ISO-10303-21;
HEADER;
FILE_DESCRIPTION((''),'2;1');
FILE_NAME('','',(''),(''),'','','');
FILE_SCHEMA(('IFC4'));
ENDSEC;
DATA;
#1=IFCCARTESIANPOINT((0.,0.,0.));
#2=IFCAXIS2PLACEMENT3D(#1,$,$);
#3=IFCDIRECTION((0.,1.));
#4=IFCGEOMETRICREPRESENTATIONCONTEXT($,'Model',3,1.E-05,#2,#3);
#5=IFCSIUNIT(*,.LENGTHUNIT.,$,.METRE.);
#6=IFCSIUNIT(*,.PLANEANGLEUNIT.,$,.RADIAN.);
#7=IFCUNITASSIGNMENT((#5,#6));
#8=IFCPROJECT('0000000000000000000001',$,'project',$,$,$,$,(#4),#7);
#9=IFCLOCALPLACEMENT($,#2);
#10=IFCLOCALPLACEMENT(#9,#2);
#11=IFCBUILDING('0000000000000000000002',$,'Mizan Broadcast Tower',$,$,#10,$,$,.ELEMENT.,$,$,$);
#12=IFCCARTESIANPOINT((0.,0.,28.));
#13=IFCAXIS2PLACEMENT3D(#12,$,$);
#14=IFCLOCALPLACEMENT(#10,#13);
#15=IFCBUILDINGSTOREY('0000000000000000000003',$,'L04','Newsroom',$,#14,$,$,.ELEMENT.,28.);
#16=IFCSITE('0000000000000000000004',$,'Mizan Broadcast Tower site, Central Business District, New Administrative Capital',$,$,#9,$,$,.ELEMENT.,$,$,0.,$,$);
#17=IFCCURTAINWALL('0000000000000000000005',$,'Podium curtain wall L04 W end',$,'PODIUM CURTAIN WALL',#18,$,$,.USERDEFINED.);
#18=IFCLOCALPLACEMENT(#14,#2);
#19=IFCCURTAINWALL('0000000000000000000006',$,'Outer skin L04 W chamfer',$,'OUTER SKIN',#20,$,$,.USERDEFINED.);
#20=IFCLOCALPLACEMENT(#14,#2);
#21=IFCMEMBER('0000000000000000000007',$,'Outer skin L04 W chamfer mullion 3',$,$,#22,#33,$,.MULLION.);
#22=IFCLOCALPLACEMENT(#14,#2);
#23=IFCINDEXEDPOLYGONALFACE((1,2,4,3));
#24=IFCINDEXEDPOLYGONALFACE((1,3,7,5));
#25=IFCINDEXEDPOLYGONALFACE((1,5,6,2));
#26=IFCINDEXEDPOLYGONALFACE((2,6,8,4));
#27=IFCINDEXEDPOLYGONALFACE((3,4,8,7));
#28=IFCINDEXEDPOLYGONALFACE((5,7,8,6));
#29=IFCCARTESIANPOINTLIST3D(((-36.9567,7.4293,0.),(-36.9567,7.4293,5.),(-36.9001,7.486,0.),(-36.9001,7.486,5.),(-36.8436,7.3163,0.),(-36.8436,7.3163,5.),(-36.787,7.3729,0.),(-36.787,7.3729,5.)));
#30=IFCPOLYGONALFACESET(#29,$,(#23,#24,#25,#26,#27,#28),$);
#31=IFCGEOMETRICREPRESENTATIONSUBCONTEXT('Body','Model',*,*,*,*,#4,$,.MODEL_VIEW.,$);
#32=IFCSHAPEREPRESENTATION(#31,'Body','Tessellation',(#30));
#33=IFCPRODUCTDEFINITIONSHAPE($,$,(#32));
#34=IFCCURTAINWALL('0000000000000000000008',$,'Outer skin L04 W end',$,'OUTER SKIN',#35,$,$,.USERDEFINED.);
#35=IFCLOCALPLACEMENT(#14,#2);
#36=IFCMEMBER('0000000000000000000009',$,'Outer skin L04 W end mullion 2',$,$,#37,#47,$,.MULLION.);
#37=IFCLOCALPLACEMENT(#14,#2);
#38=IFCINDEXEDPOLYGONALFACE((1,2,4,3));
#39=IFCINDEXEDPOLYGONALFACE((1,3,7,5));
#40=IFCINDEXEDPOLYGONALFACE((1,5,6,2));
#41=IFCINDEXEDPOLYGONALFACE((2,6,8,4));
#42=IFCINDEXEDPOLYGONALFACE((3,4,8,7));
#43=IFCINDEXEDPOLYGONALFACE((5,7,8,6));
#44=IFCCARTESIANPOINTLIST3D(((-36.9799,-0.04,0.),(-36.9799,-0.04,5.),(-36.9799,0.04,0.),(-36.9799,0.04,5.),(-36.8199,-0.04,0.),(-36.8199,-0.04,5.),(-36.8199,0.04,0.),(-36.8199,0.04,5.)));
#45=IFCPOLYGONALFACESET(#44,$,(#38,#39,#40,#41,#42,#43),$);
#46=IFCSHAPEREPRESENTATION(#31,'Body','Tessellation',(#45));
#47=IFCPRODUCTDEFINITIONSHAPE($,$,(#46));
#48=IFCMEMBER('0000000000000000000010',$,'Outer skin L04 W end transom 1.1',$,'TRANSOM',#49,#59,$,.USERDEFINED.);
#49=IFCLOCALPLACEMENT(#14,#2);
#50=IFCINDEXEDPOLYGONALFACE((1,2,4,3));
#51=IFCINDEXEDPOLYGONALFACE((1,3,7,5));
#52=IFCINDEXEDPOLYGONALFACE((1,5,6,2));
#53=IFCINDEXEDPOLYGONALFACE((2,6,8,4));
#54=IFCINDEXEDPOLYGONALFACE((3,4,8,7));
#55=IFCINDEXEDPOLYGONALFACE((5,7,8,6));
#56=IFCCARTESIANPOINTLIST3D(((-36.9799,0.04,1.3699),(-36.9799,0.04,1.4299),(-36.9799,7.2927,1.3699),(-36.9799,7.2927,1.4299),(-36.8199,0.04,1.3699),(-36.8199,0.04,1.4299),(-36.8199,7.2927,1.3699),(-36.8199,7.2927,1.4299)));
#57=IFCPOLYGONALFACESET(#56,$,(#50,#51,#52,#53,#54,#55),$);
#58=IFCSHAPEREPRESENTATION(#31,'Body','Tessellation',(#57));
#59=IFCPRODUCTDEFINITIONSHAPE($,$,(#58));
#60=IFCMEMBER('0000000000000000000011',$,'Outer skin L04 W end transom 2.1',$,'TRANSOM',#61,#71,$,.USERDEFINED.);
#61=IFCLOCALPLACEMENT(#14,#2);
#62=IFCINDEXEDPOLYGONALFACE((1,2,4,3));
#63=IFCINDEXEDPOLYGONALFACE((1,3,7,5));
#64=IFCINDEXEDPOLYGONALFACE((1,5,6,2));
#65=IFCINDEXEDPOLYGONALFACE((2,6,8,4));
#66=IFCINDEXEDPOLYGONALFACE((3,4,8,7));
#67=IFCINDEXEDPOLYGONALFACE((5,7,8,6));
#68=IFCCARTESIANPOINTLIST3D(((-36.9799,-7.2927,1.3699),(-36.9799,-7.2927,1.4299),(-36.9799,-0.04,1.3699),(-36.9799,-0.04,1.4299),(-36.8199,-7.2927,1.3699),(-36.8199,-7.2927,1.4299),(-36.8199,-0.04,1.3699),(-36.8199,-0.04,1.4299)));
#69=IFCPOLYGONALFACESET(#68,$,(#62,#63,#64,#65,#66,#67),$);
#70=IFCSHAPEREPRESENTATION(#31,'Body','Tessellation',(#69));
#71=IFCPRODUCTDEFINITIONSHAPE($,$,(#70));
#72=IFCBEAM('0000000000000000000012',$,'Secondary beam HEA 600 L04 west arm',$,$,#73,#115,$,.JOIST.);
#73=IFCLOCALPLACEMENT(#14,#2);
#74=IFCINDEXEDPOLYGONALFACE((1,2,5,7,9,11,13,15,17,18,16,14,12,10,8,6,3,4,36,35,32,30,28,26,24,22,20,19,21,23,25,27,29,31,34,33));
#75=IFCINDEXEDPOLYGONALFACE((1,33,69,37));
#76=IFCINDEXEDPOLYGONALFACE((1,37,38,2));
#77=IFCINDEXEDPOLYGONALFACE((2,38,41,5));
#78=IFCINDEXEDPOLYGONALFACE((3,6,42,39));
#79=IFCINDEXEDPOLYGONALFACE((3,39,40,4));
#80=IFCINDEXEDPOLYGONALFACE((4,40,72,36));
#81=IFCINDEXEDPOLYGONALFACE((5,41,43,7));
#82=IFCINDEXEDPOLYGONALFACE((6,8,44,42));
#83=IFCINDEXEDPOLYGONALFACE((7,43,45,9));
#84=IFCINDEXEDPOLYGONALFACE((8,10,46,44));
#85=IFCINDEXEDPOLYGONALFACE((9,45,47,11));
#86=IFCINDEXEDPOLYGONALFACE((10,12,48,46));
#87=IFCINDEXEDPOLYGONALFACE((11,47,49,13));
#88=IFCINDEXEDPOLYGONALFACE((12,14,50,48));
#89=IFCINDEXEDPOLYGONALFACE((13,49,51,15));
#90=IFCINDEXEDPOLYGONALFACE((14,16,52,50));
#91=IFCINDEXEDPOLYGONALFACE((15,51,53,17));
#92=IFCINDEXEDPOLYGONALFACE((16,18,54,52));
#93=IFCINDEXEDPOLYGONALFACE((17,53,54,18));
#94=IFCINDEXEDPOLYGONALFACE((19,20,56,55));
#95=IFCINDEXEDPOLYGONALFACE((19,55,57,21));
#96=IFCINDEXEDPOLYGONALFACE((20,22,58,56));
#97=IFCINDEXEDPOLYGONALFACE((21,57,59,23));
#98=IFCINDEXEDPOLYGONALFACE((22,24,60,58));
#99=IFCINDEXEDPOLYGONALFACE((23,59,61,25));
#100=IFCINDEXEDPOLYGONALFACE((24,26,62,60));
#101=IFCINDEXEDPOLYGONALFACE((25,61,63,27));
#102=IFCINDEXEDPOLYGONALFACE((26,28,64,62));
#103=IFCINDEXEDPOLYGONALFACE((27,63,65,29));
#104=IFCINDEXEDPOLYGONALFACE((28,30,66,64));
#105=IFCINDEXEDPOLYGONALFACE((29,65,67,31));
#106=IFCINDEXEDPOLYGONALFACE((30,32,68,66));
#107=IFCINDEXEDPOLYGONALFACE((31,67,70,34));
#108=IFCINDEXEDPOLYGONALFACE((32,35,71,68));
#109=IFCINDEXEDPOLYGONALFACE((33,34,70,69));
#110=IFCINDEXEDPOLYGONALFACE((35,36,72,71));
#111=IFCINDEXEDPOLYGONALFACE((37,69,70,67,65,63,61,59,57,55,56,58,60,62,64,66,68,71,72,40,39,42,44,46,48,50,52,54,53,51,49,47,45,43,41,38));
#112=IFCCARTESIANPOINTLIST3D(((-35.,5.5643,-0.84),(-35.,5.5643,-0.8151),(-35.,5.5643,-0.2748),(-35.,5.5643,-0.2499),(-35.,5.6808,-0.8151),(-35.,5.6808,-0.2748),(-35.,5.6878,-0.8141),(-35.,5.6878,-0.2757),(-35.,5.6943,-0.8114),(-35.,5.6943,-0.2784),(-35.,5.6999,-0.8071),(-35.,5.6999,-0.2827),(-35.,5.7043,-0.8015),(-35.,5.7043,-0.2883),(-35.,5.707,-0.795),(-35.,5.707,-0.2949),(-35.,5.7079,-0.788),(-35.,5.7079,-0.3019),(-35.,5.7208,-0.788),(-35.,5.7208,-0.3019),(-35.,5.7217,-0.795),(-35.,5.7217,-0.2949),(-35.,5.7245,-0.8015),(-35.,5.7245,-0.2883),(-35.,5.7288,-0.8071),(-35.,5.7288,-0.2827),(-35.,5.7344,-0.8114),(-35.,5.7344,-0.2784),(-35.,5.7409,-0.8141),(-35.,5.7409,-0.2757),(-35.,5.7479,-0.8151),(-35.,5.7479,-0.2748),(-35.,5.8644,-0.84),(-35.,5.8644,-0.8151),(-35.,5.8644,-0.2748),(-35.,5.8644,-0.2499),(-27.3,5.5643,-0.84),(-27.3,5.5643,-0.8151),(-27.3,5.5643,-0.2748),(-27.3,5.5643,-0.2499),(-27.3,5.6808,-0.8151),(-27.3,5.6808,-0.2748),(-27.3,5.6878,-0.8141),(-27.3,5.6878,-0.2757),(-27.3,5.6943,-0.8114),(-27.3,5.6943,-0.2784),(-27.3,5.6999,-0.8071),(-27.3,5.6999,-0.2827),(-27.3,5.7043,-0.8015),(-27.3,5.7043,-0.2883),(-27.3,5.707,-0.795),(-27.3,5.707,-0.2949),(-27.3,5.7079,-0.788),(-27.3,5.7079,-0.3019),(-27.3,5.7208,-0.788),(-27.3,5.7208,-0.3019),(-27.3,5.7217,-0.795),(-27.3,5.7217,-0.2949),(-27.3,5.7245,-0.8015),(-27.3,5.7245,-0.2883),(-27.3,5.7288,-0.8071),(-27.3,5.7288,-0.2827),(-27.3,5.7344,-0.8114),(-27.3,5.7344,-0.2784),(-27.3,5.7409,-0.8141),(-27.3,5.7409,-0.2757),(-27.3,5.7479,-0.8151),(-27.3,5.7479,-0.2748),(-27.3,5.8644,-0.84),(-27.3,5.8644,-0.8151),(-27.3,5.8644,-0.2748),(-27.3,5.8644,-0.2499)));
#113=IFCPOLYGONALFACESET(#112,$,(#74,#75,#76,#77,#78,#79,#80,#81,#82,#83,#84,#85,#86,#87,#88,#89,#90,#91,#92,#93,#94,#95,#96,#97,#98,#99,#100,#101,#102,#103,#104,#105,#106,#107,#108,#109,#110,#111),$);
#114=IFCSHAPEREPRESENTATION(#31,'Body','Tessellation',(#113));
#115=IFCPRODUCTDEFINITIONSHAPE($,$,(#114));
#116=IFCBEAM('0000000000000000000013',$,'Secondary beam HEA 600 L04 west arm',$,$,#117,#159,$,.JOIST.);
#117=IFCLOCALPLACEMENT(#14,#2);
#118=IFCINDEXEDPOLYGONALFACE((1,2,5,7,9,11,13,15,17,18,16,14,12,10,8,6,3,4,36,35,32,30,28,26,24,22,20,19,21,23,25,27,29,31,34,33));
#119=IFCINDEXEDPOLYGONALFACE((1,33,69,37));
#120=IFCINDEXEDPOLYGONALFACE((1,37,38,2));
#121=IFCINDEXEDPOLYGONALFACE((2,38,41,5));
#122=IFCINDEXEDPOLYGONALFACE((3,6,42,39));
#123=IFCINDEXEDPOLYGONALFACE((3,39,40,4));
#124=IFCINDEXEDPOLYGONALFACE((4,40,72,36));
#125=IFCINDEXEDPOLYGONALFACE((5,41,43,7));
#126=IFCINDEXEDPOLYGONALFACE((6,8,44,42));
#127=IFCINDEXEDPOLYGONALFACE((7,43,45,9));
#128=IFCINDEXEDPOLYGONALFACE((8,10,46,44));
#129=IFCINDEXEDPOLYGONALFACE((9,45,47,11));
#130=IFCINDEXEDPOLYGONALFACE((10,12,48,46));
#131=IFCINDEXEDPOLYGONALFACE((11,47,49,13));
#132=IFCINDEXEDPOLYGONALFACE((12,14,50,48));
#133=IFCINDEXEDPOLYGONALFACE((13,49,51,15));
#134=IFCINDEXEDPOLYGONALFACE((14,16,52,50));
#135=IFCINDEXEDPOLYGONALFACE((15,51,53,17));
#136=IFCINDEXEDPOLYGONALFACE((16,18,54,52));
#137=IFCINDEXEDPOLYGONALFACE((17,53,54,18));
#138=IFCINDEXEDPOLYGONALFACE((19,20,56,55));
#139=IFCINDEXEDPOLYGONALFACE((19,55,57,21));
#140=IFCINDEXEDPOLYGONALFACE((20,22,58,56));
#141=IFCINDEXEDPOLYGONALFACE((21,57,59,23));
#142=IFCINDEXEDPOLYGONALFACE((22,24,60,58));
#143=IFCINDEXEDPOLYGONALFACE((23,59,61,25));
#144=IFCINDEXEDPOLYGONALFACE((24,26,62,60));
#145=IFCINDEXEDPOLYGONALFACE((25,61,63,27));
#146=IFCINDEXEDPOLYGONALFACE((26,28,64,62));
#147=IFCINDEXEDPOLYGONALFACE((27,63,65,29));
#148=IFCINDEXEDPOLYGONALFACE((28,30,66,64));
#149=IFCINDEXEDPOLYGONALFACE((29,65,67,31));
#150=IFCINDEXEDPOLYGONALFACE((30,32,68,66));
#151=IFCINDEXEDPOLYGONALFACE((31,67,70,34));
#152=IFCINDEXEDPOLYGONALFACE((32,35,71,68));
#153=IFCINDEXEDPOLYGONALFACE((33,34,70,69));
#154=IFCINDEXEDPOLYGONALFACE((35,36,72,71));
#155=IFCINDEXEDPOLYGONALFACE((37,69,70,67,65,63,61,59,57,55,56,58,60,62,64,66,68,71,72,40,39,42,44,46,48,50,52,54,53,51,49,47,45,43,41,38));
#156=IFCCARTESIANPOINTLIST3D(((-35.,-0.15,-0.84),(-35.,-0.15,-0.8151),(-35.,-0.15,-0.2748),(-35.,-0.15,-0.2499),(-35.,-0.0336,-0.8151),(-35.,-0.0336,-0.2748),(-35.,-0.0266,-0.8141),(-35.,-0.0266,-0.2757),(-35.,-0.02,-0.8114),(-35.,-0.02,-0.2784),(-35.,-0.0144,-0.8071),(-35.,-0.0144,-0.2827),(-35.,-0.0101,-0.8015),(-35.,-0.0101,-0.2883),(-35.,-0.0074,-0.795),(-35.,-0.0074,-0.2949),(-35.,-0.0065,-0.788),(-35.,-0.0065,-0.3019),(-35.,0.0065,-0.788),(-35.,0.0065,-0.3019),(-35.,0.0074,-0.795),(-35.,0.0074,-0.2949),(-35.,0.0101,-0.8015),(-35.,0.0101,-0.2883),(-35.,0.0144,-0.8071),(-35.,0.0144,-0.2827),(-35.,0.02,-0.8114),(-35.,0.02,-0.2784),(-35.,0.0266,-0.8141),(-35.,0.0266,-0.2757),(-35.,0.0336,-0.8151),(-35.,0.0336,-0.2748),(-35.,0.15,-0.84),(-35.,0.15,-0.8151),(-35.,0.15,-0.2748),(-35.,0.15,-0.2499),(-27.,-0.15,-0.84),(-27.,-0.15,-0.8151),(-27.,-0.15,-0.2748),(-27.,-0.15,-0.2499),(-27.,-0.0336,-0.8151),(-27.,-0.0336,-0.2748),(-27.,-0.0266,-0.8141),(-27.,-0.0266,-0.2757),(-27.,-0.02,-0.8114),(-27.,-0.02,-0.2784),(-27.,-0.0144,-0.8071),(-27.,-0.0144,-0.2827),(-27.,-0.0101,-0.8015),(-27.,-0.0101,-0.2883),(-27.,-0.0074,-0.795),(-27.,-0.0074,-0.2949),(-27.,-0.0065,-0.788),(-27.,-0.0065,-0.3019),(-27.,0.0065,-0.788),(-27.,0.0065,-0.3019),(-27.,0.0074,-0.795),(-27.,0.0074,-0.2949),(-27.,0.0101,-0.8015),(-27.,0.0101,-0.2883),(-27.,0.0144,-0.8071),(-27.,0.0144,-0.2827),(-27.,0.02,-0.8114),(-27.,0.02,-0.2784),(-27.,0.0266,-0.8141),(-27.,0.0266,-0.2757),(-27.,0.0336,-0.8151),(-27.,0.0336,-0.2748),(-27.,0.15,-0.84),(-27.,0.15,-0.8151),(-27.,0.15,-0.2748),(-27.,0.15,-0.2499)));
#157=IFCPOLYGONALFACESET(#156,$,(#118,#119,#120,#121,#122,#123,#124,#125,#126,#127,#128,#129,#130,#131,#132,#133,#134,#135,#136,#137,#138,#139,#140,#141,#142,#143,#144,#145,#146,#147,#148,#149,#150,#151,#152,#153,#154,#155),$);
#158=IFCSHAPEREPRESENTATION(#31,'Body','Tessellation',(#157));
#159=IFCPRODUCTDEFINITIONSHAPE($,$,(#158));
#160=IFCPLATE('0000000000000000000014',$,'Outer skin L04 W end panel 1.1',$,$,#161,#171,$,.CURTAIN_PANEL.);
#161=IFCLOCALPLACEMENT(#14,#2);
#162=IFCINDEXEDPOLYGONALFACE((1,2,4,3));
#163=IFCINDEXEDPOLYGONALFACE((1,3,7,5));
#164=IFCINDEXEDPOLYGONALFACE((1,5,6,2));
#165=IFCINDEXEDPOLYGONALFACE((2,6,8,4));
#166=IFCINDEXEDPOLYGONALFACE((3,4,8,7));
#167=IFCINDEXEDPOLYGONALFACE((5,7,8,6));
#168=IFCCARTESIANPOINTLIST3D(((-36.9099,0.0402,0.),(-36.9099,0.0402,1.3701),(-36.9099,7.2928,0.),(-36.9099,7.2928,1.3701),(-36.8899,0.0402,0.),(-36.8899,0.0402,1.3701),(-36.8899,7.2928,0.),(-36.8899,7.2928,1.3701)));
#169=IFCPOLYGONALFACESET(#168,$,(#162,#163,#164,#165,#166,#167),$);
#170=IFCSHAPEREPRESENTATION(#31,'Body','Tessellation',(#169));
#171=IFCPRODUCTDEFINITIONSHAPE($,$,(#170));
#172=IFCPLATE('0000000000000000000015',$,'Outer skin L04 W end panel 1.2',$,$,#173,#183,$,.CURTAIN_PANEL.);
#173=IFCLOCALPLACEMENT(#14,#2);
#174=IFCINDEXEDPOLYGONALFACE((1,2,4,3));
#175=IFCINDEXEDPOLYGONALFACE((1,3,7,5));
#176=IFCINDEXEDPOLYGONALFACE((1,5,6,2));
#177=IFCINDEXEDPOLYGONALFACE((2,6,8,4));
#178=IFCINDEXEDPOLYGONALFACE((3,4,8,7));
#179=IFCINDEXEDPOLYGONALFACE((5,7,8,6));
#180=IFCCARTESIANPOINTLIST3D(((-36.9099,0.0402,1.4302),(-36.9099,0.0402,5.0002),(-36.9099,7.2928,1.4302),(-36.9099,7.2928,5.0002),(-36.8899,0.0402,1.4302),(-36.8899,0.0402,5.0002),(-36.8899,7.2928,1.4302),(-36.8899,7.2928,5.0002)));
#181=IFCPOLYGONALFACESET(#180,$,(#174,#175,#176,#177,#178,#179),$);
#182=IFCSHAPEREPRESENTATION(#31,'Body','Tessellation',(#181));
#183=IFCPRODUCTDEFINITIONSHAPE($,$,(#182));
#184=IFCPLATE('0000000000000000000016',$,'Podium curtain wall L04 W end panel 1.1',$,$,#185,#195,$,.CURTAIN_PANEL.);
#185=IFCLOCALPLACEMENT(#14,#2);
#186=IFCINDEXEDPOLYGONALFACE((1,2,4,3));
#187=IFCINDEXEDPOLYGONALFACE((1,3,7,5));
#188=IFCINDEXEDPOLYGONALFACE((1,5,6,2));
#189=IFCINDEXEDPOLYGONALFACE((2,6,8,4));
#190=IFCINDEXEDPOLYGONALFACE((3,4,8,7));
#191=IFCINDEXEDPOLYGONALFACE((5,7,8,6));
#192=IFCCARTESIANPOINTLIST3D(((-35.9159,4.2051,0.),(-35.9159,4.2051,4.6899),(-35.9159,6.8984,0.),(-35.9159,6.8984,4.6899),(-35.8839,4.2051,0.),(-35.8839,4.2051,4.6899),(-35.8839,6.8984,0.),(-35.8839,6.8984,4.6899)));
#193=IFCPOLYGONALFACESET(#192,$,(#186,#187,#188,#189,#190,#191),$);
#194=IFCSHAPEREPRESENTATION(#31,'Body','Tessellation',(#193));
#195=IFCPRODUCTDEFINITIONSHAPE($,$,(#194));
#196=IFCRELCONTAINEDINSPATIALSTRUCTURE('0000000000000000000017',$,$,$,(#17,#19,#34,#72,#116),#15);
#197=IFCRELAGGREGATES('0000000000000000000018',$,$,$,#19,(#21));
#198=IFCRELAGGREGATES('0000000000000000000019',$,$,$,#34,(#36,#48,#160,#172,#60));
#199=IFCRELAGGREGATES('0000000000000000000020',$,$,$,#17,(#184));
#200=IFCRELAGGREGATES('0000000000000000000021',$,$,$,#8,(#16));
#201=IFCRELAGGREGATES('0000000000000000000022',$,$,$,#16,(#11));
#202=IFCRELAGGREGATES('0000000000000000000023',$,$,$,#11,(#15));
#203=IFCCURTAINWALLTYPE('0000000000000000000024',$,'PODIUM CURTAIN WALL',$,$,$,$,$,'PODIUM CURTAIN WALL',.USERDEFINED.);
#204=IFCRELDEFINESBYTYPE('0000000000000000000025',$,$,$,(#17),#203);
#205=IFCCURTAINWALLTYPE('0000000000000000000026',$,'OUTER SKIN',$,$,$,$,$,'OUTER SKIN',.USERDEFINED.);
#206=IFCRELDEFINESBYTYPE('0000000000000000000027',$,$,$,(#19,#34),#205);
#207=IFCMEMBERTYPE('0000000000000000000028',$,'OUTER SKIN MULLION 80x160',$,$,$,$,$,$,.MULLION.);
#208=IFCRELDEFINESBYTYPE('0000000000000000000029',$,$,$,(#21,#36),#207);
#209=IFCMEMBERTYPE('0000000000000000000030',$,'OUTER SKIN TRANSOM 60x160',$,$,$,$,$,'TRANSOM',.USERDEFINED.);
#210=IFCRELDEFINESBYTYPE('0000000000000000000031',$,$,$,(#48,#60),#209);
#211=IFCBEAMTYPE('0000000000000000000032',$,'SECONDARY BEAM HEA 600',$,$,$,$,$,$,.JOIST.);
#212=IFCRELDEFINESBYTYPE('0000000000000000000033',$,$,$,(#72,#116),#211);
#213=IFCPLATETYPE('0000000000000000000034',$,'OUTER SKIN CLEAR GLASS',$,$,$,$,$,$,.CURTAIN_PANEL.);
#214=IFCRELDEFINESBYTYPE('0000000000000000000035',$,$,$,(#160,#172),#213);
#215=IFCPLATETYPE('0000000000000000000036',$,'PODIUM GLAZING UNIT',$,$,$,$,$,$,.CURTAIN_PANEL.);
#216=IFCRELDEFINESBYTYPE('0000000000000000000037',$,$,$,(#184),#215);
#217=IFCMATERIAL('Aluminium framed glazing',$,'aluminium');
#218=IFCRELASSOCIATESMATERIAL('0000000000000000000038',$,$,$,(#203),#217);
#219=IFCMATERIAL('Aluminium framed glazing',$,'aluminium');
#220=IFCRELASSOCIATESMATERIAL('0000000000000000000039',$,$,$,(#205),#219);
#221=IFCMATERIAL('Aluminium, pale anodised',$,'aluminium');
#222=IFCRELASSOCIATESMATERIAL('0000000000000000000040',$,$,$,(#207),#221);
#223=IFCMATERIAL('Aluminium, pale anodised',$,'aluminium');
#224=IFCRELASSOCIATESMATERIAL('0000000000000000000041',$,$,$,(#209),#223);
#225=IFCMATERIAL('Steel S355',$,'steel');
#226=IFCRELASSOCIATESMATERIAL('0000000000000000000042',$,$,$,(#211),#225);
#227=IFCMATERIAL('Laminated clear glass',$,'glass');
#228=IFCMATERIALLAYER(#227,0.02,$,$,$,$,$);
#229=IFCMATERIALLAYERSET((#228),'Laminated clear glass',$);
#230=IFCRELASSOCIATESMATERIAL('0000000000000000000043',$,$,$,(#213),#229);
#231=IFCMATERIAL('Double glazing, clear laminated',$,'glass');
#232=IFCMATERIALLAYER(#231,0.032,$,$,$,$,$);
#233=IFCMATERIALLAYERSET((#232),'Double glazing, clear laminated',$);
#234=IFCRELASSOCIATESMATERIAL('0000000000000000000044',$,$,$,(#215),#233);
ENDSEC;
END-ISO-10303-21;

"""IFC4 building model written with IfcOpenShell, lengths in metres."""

from ifc_helpers import new_model, si_unit, direction, frame, origin, origin_2d, place, context, subcontext, project, spatial, rectangle, i_section, extrude, material, layer, layer_set, material_profile, profile_set, type_object, element, aggregate, save


model = new_model("IFC4")

# Units and contexts
model_context = context("Model", 3, precision=1e-05, world=origin(), true_north=direction((0.0, 1.0)))
body_context = subcontext(model_context, "Body", "Model", "MODEL_VIEW")
ifc_project = project(units=[si_unit("LENGTHUNIT", "METRE"), si_unit("PLANEANGLEUNIT", "RADIAN")], contexts=[model_context])

# Site, building, storey
site_placement = place(None, origin())
site = spatial("IfcSite", under=ifc_project, at=site_placement, Name="Mizan Broadcast Tower site, Central Business District, New Administrative Capital", CompositionType="ELEMENT", RefElevation=0.0)
building_placement = place(site_placement, origin())
building = spatial("IfcBuilding", under=site, at=building_placement, Name="Mizan Broadcast Tower", CompositionType="ELEMENT")
storey_placement = place(building_placement, frame((0.0, 0.0, 28.0)))
storey = spatial("IfcBuildingStorey", under=building, at=storey_placement, Name="L04", Description="Newsroom", CompositionType="ELEMENT", Elevation=28.0)

# Shared definitions
ifc_material_1 = material(Name="Aluminium framed glazing", Category="aluminium")
curtain_wall_type_1 = type_object("IfcCurtainWallType", Name="PODIUM CURTAIN WALL", ElementType="PODIUM CURTAIN WALL", PredefinedType="USERDEFINED", material=ifc_material_1)

# Curtain wall
curtain_wall_1_placement = place(storey_placement, origin())
curtain_wall_1 = element("IfcCurtainWall", 1, at=curtain_wall_1_placement, inside=storey, type_object=curtain_wall_type_1, Name="Podium curtain wall L04 W end", ObjectType="PODIUM CURTAIN WALL", PredefinedType="USERDEFINED")

# Curtain wall, member
ifc_material_2 = material(Name="Aluminium framed glazing", Category="aluminium")
curtain_wall_type_2 = type_object("IfcCurtainWallType", Name="OUTER SKIN", ElementType="OUTER SKIN", PredefinedType="USERDEFINED", material=ifc_material_2)
curtain_wall_2_placement = place(storey_placement, origin())
curtain_wall_2 = element("IfcCurtainWall", 2, at=curtain_wall_2_placement, inside=storey, type_object=curtain_wall_type_2, Name="Outer skin L04 W chamfer", ObjectType="OUTER SKIN", PredefinedType="USERDEFINED")
ifc_material_3 = material(Name="Aluminium, pale anodised", Category="aluminium")
ifc_material_profile_1 = material_profile(ifc_material_3, rectangle(XDim=0.1599, YDim=0.0801, at=origin_2d()), Name="MULLION 160x80")
ifc_profile_set_1 = profile_set([ifc_material_profile_1], Name="Aluminium, pale anodised")
member_type_1 = type_object("IfcMemberType", Name="OUTER SKIN MULLION 80x160", PredefinedType="MULLION", material=ifc_profile_set_1)
member_1_placement = place(storey_placement, frame((-36.8718, 7.4011, 0.0), z_axis=(0.0, 0.0, 1.0), x_axis=(0.707107, -0.707107, 0.0)))
member_1 = element("IfcMember", 3, at=member_1_placement, type_object=member_type_1, Name="Outer skin L04 W chamfer mullion 3", PredefinedType="MULLION", context=body_context, shape_type="SweptSolid", body=[
    extrude(rectangle(XDim=0.1599, YDim=0.0801, at=origin_2d()), origin(), (0.0, 0.0, 1.0), 5.0),
])
aggregate(curtain_wall_2, [member_1])

# Curtain wall, members
curtain_wall_3_placement = place(storey_placement, origin())
curtain_wall_3 = element("IfcCurtainWall", 4, at=curtain_wall_3_placement, inside=storey, type_object=curtain_wall_type_2, Name="Outer skin L04 W end", ObjectType="OUTER SKIN", PredefinedType="USERDEFINED")
member_2_placement = place(storey_placement, frame((-36.8999, 0.0, 0.0), z_axis=(0.0, 0.0, 1.0), x_axis=(1.0, 0.0, 0.0)))
member_2 = element("IfcMember", 5, at=member_2_placement, type_object=member_type_1, Name="Outer skin L04 W end mullion 2", PredefinedType="MULLION", context=body_context, shape_type="SweptSolid", body=[
    extrude(rectangle(XDim=0.1599, YDim=0.0801, at=origin_2d()), origin(), (0.0, 0.0, 1.0), 5.0),
])
ifc_material_4 = material(Name="Aluminium, pale anodised", Category="aluminium")
ifc_material_profile_2 = material_profile(ifc_material_4, rectangle(XDim=0.1599, YDim=0.0601, at=origin_2d()), Name="TRANSOM 160x60")
ifc_profile_set_2 = profile_set([ifc_material_profile_2], Name="Aluminium, pale anodised")
member_type_2 = type_object("IfcMemberType", Name="OUTER SKIN TRANSOM 60x160", ElementType="TRANSOM", PredefinedType="USERDEFINED", material=ifc_profile_set_2)
member_3_placement = place(storey_placement, frame((-36.8999, 7.2927, 1.3999), z_axis=(0.0, -1.0, 0.0), x_axis=(1.0, 0.0, 0.0)))
member_3 = element("IfcMember", 6, at=member_3_placement, type_object=member_type_2, Name="Outer skin L04 W end transom 1.1", ObjectType="TRANSOM", PredefinedType="USERDEFINED", context=body_context, shape_type="SweptSolid", body=[
    extrude(rectangle(XDim=0.1599, YDim=0.0601, at=origin_2d()), origin(), (0.0, 0.0, 1.0), 7.2527),
])
member_4_placement = place(storey_placement, frame((-36.8999, -0.04, 1.3999), z_axis=(0.0, -1.0, 0.0), x_axis=(1.0, 0.0, 0.0)))
member_4 = element("IfcMember", 7, at=member_4_placement, type_object=member_type_2, Name="Outer skin L04 W end transom 2.1", ObjectType="TRANSOM", PredefinedType="USERDEFINED", context=body_context, shape_type="SweptSolid", body=[
    extrude(rectangle(XDim=0.1599, YDim=0.0601, at=origin_2d()), origin(), (0.0, 0.0, 1.0), 7.2527),
])

# Beams
ifc_material_5 = material(Name="Steel S355", Category="steel")
ifc_material_profile_3 = material_profile(ifc_material_5, i_section(OverallWidth=0.3, OverallDepth=0.5901, WebThickness=0.0129, FlangeThickness=0.0249, FilletRadius=0.0271, at=origin_2d()), Name="HEA 600")
ifc_profile_set_3 = profile_set([ifc_material_profile_3], Name="Steel S355")
beam_type_1 = type_object("IfcBeamType", Name="SECONDARY BEAM HEA 600", PredefinedType="JOIST", material=ifc_profile_set_3)
beam_1_placement = place(storey_placement, frame((-27.3, 5.7144, -0.5449), z_axis=(-1.0, 0.0, 0.0), x_axis=(0.0, -1.0, 0.0)))
element("IfcBeam", 8, at=beam_1_placement, inside=storey, type_object=beam_type_1, Name="Secondary beam HEA 600 L04 west arm", PredefinedType="JOIST", context=body_context, shape_type="SweptSolid", body=[
    extrude(i_section(OverallWidth=0.3, OverallDepth=0.5901, WebThickness=0.0129, FlangeThickness=0.0249, FilletRadius=0.0271, at=origin_2d()), origin(), (0.0, 0.0, 1.0), 7.7),
])
beam_2_placement = place(storey_placement, frame((-27.0, 0.0, -0.5449), z_axis=(-1.0, 0.0, 0.0), x_axis=(0.0, -1.0, 0.0)))
element("IfcBeam", 9, at=beam_2_placement, inside=storey, type_object=beam_type_1, Name="Secondary beam HEA 600 L04 west arm", PredefinedType="JOIST", context=body_context, shape_type="SweptSolid", body=[
    extrude(i_section(OverallWidth=0.3, OverallDepth=0.5901, WebThickness=0.0129, FlangeThickness=0.0249, FilletRadius=0.0271, at=origin_2d()), origin(), (0.0, 0.0, 1.0), 8.0),
])

# Plates
ifc_material_6 = material(Name="Laminated clear glass", Category="glass")
ifc_layer_1 = layer(ifc_material_6, 0.02)
ifc_layer_set_1 = layer_set([ifc_layer_1], Name="Laminated clear glass")
plate_type_1 = type_object("IfcPlateType", Name="OUTER SKIN CLEAR GLASS", PredefinedType="CURTAIN_PANEL", material=ifc_layer_set_1)
plate_1_placement = place(storey_placement, frame((-36.8999, 3.6665, 0.0), z_axis=(0.0, 0.0, 1.0), x_axis=(0.0, -1.0, 0.0)))
plate_1 = element("IfcPlate", 10, at=plate_1_placement, type_object=plate_type_1, Name="Outer skin L04 W end panel 1.1", PredefinedType="CURTAIN_PANEL", context=body_context, shape_type="SweptSolid", body=[
    extrude(rectangle(XDim=7.2527, YDim=0.02, at=origin_2d()), origin(), (0.0, 0.0, 1.0), 1.3701),
])
plate_2_placement = place(storey_placement, frame((-36.8999, 3.6665, 1.4302), z_axis=(0.0, 0.0, 1.0), x_axis=(0.0, -1.0, 0.0)))
plate_2 = element("IfcPlate", 11, at=plate_2_placement, type_object=plate_type_1, Name="Outer skin L04 W end panel 1.2", PredefinedType="CURTAIN_PANEL", context=body_context, shape_type="SweptSolid", body=[
    extrude(rectangle(XDim=7.2527, YDim=0.02, at=origin_2d()), origin(), (0.0, 0.0, 1.0), 3.5701),
])
aggregate(curtain_wall_3, [member_2, member_3, plate_1, plate_2, member_4])
ifc_material_7 = material(Name="Double glazing, clear laminated", Category="glass")
ifc_layer_2 = layer(ifc_material_7, 0.032)
ifc_layer_set_2 = layer_set([ifc_layer_2], Name="Double glazing, clear laminated")
plate_type_2 = type_object("IfcPlateType", Name="PODIUM GLAZING UNIT", PredefinedType="CURTAIN_PANEL", material=ifc_layer_set_2)
plate_3_placement = place(storey_placement, frame((-35.8999, 5.5518, 0.0), z_axis=(0.0, 0.0, 1.0), x_axis=(0.0, -1.0, 0.0)))
plate_3 = element("IfcPlate", 12, at=plate_3_placement, type_object=plate_type_2, Name="Podium curtain wall L04 W end panel 1.1", PredefinedType="CURTAIN_PANEL", context=body_context, shape_type="SweptSolid", body=[
    extrude(rectangle(XDim=2.6934, YDim=0.032, at=origin_2d()), origin(), (0.0, 0.0, 1.0), 4.6899),
])
aggregate(curtain_wall_1, [plate_3])

save(model, "model.ifc")
